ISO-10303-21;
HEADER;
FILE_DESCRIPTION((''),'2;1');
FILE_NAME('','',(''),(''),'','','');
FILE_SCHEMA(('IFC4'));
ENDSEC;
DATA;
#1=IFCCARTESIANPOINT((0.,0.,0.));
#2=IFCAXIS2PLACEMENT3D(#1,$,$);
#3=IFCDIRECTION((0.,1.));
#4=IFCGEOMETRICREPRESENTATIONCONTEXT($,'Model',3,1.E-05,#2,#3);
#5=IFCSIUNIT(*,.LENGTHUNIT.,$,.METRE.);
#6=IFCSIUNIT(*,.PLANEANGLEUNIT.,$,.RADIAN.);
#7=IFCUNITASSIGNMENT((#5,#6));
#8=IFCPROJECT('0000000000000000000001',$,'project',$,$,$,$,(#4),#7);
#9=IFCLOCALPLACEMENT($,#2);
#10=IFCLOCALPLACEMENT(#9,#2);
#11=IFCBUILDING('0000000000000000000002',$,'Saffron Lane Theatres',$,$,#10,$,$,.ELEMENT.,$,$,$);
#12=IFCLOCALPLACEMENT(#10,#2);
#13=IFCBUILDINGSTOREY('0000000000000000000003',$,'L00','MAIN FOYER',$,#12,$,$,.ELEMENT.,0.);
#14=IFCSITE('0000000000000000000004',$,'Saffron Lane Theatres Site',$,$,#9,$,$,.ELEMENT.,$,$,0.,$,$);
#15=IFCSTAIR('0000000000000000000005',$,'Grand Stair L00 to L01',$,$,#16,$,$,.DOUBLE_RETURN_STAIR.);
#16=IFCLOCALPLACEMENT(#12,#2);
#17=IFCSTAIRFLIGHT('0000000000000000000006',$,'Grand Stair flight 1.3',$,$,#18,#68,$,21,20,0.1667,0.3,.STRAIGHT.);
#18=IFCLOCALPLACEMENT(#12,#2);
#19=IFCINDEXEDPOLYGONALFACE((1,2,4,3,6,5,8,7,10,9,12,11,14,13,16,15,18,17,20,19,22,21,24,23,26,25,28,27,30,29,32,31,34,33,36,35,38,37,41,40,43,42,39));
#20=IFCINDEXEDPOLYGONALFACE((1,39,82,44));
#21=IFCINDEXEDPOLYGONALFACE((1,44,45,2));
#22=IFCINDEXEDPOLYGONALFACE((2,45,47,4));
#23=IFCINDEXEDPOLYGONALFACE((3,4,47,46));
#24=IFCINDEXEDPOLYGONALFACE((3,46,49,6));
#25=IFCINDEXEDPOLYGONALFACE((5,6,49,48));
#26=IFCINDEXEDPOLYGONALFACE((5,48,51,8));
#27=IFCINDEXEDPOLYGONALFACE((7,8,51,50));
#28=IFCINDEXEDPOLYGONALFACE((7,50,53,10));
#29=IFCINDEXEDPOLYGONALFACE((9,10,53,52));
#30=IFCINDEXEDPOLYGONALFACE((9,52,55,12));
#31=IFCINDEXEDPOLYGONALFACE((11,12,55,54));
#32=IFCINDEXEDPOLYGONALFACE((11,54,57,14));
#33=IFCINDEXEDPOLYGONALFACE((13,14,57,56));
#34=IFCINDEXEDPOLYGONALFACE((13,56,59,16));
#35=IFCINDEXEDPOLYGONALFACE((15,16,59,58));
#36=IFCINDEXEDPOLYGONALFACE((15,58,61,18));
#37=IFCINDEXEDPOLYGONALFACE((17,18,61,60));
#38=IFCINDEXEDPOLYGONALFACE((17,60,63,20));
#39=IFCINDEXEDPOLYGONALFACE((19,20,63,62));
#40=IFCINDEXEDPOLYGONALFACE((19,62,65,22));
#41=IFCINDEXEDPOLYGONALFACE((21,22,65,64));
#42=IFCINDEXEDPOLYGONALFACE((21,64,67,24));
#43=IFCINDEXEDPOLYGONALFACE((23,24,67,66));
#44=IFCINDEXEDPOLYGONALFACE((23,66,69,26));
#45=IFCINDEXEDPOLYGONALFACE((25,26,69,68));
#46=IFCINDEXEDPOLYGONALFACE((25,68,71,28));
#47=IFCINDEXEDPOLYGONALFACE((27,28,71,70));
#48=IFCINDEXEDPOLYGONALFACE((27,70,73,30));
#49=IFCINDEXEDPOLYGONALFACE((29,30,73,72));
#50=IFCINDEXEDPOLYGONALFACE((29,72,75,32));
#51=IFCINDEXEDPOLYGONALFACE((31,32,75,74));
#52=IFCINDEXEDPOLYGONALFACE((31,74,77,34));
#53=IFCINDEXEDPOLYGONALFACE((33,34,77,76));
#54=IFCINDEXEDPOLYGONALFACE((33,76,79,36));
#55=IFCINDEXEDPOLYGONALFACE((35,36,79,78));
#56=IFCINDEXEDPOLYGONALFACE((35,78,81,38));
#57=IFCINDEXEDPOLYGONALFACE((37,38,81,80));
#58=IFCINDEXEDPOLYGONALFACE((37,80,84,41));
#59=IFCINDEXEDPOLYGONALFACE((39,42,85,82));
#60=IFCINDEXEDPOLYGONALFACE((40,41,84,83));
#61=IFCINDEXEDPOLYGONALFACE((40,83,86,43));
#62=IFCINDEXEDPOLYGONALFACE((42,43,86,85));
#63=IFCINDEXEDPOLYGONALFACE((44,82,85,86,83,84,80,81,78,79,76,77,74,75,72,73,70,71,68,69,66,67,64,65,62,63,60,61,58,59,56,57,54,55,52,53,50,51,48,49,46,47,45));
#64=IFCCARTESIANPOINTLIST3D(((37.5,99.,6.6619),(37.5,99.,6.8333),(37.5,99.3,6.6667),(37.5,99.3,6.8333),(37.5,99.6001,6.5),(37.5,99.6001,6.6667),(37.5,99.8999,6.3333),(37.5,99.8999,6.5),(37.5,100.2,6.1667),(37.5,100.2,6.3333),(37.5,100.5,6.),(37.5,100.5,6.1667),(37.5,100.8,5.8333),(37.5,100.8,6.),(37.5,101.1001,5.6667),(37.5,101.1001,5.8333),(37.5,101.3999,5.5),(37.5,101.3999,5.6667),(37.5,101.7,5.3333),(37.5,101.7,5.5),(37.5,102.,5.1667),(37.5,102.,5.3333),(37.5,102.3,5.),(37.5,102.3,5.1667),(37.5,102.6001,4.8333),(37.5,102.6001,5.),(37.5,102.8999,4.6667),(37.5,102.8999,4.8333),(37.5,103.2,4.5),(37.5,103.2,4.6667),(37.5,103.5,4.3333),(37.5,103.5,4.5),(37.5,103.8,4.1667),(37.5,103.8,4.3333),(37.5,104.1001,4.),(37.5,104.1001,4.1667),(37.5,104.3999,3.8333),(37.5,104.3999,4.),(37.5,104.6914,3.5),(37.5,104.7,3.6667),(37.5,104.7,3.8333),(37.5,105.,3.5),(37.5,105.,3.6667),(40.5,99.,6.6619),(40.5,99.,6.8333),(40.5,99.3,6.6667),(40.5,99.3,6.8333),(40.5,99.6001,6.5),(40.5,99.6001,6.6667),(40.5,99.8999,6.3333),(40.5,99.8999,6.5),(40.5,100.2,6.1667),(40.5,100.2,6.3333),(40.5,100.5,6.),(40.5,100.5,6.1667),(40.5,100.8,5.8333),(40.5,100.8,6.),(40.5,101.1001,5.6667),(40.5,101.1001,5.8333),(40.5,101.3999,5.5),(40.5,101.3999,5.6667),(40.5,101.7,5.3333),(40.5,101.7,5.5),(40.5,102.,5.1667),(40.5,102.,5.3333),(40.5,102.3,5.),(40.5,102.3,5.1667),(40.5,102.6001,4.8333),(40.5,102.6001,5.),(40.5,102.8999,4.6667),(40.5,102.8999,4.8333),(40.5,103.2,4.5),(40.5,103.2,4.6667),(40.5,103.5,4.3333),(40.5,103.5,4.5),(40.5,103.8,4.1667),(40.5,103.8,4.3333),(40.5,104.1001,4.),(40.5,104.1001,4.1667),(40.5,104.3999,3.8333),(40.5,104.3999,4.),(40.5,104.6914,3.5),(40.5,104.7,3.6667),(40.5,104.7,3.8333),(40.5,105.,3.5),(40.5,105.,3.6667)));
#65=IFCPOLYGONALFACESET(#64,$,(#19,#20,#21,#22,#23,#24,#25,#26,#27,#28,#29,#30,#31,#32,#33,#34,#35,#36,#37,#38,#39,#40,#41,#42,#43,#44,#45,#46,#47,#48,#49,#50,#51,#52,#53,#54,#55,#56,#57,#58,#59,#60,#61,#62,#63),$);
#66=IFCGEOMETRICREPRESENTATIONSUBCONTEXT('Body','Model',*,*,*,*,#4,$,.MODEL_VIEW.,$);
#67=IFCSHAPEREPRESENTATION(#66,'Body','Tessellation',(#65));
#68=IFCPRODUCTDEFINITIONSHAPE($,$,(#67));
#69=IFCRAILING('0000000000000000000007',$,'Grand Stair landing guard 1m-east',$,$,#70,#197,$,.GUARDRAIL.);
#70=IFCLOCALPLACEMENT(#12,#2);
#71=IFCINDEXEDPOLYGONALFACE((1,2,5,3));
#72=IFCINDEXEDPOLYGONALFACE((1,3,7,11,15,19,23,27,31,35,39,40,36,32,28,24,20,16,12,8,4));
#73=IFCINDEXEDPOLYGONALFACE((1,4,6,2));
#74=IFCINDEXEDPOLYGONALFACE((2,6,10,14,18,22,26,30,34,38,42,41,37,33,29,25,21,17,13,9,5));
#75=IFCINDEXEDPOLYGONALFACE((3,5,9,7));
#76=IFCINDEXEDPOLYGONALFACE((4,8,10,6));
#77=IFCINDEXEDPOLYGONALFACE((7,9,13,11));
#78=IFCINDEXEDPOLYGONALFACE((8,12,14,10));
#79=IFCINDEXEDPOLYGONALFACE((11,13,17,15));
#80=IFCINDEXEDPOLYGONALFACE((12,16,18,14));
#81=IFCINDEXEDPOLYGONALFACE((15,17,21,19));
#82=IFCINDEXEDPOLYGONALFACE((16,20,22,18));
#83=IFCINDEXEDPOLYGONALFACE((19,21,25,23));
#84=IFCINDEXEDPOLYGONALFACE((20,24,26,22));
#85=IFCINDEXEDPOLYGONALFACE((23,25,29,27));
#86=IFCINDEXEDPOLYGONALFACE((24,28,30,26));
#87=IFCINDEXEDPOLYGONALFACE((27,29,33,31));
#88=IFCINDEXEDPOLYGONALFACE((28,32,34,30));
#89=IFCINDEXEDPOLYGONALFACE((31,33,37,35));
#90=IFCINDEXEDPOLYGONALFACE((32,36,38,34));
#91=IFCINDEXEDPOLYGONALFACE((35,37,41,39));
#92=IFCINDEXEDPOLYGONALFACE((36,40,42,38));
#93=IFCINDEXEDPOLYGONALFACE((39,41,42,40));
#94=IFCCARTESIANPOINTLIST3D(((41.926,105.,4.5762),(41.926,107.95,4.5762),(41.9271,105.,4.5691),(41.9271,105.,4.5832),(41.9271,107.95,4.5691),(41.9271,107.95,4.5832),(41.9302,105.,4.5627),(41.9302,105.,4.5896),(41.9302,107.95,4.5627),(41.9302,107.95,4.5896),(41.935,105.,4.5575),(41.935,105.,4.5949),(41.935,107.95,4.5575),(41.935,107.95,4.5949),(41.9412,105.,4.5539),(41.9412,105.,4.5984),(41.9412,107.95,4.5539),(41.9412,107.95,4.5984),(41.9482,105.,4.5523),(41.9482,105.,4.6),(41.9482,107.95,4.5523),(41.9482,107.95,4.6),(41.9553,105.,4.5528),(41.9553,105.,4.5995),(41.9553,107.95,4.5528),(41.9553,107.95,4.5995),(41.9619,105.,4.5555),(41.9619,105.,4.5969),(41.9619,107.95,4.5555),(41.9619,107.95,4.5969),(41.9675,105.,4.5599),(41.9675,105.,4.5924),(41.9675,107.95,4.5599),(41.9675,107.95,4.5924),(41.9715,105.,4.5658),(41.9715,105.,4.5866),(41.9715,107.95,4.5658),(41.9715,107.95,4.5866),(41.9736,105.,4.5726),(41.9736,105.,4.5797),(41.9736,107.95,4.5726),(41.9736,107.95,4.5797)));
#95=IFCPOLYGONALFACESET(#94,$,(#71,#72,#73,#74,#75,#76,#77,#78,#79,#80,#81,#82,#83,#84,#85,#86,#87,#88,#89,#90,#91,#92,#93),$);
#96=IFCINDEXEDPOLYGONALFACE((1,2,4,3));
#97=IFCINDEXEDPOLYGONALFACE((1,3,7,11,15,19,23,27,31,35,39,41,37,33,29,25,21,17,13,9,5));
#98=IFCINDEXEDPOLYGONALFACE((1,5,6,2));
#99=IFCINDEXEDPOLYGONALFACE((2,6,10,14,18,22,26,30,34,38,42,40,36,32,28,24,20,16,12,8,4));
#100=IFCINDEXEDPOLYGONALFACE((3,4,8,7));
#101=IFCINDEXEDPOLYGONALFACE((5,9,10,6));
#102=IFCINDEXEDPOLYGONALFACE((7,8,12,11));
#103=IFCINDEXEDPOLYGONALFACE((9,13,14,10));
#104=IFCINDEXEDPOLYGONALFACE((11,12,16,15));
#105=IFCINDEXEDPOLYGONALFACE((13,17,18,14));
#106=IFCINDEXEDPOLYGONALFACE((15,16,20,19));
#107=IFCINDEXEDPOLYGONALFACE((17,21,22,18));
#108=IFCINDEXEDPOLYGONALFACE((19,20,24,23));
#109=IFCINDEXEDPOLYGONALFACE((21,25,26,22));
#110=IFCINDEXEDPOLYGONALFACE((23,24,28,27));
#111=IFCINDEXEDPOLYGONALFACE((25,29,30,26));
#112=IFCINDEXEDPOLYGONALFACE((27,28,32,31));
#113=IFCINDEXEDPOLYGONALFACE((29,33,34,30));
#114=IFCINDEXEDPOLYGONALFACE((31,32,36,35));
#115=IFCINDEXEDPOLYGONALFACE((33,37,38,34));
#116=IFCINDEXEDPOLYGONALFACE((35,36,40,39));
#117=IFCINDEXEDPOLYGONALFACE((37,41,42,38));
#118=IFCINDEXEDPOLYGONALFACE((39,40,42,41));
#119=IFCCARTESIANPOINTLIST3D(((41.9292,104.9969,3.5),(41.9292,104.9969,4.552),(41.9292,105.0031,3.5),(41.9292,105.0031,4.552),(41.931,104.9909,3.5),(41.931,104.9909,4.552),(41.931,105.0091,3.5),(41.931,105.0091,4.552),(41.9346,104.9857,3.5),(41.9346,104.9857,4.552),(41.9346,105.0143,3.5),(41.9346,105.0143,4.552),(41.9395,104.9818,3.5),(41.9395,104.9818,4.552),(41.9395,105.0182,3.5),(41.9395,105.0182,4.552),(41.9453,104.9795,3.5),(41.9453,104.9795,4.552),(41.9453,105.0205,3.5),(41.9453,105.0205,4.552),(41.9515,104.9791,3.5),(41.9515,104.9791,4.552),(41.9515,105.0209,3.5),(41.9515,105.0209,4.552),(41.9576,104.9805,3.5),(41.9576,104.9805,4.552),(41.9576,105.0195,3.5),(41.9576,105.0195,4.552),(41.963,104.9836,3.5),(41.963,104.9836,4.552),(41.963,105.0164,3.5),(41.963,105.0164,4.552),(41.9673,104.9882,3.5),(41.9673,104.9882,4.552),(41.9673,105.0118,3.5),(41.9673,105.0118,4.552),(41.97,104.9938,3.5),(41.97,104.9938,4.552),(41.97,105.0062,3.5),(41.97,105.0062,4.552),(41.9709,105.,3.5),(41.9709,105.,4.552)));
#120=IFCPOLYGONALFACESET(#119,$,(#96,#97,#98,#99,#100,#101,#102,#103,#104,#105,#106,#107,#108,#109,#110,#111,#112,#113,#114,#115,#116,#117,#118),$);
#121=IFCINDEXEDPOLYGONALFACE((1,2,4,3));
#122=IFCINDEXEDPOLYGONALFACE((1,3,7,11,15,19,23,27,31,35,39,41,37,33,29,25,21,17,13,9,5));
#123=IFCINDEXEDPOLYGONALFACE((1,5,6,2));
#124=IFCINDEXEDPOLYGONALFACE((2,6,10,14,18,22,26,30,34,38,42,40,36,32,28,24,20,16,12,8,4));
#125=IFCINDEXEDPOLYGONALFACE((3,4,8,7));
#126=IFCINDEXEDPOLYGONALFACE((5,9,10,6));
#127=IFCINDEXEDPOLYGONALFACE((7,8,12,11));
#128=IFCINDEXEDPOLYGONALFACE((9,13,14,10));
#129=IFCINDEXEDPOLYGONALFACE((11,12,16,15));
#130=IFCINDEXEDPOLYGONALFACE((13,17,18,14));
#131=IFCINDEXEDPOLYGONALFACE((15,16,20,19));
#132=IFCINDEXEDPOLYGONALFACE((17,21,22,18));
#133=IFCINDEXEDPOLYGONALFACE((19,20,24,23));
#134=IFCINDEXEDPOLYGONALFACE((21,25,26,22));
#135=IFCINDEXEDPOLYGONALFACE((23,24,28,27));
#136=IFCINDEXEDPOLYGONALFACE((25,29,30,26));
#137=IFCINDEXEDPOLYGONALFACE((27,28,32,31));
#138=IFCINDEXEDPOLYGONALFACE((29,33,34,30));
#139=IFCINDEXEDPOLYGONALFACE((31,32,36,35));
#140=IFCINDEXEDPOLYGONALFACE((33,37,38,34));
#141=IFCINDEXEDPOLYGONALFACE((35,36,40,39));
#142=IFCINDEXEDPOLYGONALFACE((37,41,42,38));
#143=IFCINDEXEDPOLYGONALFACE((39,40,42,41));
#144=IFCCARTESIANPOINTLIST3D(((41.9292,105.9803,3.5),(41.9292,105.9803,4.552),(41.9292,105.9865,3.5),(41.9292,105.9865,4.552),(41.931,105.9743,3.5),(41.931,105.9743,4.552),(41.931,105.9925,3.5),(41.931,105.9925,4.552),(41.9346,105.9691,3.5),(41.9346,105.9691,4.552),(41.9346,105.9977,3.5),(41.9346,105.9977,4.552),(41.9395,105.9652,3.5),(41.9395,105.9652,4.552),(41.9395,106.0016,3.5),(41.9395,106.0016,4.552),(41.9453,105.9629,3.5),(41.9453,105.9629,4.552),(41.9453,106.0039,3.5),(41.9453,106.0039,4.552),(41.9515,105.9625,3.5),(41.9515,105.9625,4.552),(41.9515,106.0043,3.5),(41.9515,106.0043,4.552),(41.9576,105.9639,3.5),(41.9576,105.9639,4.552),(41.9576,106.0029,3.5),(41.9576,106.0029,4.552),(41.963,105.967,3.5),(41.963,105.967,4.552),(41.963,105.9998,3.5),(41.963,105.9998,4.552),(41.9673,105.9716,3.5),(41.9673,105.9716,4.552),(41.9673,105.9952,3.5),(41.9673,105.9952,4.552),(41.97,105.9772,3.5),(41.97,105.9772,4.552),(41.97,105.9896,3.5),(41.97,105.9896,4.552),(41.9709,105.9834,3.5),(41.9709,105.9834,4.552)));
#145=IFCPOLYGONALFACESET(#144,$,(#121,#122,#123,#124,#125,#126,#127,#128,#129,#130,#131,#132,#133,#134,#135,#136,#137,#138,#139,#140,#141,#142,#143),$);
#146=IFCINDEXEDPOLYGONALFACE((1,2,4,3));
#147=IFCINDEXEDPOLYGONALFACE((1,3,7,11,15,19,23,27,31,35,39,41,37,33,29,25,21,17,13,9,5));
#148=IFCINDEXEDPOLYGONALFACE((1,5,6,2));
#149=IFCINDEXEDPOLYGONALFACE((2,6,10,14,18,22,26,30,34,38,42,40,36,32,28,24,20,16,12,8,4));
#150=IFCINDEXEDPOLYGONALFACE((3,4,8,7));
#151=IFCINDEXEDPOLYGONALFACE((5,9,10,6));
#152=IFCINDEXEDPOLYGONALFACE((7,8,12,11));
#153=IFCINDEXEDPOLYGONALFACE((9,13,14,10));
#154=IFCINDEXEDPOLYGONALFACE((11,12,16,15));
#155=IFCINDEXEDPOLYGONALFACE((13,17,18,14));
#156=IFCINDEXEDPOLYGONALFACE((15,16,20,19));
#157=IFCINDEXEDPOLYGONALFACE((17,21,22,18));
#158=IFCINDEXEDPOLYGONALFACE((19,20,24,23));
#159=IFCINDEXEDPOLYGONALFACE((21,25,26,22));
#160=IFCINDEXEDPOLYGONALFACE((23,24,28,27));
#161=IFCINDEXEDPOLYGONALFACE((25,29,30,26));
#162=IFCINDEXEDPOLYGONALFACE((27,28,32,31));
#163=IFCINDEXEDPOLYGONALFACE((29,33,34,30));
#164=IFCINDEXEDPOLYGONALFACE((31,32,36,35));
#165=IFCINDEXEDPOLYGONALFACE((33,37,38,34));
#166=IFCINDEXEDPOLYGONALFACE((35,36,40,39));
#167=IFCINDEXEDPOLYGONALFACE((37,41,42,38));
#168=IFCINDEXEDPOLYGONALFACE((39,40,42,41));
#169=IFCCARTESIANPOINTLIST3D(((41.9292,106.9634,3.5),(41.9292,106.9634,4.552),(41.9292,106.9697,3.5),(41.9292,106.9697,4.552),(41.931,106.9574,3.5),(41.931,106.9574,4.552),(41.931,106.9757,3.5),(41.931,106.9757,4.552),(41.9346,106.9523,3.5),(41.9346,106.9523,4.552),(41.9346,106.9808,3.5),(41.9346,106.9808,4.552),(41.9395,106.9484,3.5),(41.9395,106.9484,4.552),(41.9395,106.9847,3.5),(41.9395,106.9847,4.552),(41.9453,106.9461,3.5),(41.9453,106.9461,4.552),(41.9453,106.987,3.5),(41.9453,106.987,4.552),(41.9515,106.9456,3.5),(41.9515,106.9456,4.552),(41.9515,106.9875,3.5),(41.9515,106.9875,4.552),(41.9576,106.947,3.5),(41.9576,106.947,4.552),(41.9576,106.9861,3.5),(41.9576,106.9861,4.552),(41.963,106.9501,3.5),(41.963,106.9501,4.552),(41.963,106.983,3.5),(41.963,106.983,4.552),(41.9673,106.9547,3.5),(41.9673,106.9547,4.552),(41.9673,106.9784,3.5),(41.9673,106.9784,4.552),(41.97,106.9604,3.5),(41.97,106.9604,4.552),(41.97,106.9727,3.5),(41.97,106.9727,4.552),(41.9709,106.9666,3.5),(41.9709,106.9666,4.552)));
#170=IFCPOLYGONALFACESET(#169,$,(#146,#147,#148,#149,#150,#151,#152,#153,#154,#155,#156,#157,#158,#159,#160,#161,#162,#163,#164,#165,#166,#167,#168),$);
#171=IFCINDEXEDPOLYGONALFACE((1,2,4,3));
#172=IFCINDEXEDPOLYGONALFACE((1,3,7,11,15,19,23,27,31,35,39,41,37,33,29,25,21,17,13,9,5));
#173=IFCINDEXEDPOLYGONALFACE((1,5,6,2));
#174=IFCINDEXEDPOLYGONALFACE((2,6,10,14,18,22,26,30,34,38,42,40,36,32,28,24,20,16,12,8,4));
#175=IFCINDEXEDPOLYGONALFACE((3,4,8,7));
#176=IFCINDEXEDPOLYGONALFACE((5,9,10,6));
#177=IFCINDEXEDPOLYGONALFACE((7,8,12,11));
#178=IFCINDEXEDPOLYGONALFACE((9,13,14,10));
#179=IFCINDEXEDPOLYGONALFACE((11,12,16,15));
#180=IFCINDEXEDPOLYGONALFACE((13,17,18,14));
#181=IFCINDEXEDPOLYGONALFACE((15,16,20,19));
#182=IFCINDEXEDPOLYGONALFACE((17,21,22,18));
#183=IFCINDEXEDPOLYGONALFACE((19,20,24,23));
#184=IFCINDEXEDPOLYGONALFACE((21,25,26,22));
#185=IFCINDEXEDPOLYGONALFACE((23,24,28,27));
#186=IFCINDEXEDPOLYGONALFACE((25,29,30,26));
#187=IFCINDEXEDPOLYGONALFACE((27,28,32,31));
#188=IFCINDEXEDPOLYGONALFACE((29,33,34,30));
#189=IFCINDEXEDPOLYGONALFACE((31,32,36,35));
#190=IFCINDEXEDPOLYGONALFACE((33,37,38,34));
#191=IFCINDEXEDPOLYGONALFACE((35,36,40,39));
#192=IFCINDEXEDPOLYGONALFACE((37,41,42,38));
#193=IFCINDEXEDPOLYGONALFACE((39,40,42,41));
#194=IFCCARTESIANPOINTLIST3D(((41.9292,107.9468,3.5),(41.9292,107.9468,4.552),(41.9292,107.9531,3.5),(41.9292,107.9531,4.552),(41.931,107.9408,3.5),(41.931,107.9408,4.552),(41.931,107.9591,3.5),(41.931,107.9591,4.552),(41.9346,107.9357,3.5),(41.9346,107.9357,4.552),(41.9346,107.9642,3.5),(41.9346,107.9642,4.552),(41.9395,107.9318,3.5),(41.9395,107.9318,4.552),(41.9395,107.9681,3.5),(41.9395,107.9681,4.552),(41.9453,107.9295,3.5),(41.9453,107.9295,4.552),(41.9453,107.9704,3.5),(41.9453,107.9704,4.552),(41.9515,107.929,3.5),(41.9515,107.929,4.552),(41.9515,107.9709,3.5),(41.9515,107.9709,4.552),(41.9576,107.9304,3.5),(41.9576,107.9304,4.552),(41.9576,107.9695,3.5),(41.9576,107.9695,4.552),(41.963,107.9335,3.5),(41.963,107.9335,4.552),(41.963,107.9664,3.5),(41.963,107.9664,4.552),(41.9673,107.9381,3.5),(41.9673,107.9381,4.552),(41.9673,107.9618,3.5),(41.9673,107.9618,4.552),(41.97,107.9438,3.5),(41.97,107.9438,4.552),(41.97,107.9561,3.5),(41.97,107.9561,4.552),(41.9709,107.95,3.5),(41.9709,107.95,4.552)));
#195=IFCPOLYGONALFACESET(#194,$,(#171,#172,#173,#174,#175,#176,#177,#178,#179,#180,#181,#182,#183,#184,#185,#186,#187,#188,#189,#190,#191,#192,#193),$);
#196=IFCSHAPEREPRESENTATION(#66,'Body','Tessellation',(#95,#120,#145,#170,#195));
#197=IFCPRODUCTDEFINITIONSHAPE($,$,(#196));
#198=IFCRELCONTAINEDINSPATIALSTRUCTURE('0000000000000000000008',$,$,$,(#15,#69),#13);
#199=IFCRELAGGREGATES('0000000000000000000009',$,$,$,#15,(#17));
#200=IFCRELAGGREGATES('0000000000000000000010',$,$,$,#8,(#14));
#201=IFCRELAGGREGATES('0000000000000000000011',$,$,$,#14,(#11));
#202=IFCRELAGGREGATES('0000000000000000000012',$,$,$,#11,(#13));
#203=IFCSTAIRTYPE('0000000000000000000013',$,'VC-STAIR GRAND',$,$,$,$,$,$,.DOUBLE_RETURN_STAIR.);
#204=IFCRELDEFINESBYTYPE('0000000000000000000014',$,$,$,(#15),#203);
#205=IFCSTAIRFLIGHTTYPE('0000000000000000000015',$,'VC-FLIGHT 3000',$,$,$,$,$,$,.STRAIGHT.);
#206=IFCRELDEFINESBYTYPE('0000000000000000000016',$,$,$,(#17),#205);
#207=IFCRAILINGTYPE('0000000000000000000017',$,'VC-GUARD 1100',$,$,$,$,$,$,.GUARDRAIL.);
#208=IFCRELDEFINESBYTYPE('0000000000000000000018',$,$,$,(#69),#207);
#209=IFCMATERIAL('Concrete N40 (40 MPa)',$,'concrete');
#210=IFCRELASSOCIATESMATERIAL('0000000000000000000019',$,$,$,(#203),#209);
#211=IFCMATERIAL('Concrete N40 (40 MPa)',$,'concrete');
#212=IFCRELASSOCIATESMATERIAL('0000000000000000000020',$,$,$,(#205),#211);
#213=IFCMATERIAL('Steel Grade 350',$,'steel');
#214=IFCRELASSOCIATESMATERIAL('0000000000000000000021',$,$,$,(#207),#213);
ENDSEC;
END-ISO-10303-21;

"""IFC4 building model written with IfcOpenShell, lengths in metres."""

from ifc_helpers import new_model, si_unit, direction, frame, origin, origin_2d, place, context, subcontext, project, spatial, polyline, circle, outline, extrude, material, type_object, element, aggregate, save


model = new_model("IFC4")

# Units and contexts
model_context = context("Model", 3, precision=1e-05, world=origin(), true_north=direction((0.0, 1.0)))
body_context = subcontext(model_context, "Body", "Model", "MODEL_VIEW")
ifc_project = project(units=[si_unit("LENGTHUNIT", "METRE"), si_unit("PLANEANGLEUNIT", "RADIAN")], contexts=[model_context])

# Site, building, storey
site_placement = place(None, origin())
site = spatial("IfcSite", under=ifc_project, at=site_placement, Name="Saffron Lane Theatres Site", CompositionType="ELEMENT", RefElevation=0.0)
building_placement = place(site_placement, origin())
building = spatial("IfcBuilding", under=site, at=building_placement, Name="Saffron Lane Theatres", CompositionType="ELEMENT")
storey_placement = place(building_placement, origin())
storey = spatial("IfcBuildingStorey", under=building, at=storey_placement, Name="L00", Description="MAIN FOYER", CompositionType="ELEMENT", Elevation=0.0)

# Stair, stair flight
ifc_material_1 = material(Name="Concrete N40 (40 MPa)", Category="concrete")
stair_type = type_object("IfcStairType", Name="VC-STAIR GRAND", PredefinedType="DOUBLE_RETURN_STAIR", material=ifc_material_1)
stair_placement = place(storey_placement, origin())
stair = element("IfcStair", 1, at=stair_placement, inside=storey, type_object=stair_type, Name="Grand Stair L00 to L01", PredefinedType="DOUBLE_RETURN_STAIR")
ifc_material_2 = material(Name="Concrete N40 (40 MPa)", Category="concrete")
stair_flight_type = type_object("IfcStairFlightType", Name="VC-FLIGHT 3000", PredefinedType="STRAIGHT", material=ifc_material_2)
stair_flight_placement = place(storey_placement, frame((39.0, 105.0, 3.5), z_axis=(0.0, 0.0, 1.0), x_axis=(0.0, -1.0, 0.0)))
stair_flight = element("IfcStairFlight", 2, at=stair_flight_placement, type_object=stair_flight_type, Name="Grand Stair flight 1.3", NumberOfRisers=21, NumberOfTreads=20, PredefinedType="STRAIGHT", RiserHeight=0.1667, TreadLength=0.3, context=body_context, shape_type="SweptSolid", body=[
    extrude(outline(polyline([(0.0, 0.0), (0.0, 0.1667), (0.3, 0.1667), (0.3, 0.3333), (0.6001, 0.3333), (0.6001, 0.5), (0.8999, 0.5), (0.8999, 0.6667), (1.2, 0.6667), (1.2, 0.8333), (1.5, 0.8333), (1.5, 1.0), (1.8, 1.0), (1.8, 1.1667), (2.1001, 1.1667), (2.1001, 1.3333), (2.3999, 1.3333), (2.3999, 1.5), (2.7, 1.5), (2.7, 1.6667), (3.0, 1.6667), (3.0, 1.8333), (3.3, 1.8333), (3.3, 2.0), (3.6001, 2.0), (3.6001, 2.1667), (3.8999, 2.1667), (3.8999, 2.3333), (4.2, 2.3333), (4.2, 2.5), (4.5, 2.5), (4.5, 2.6667), (4.8, 2.6667), (4.8, 2.8333), (5.1001, 2.8333), (5.1001, 3.0), (5.3999, 3.0), (5.3999, 3.1667), (5.7, 3.1667), (5.7, 3.3333), (6.0, 3.3333), (6.0, 3.5), (6.0, 3.1619), (0.3086, 0.0), (0.0, 0.0)])), frame((0.0, 1.5, 0.0), z_axis=(0.0, -1.0, 0.0), x_axis=(1.0, 0.0, 0.0)), (0.0, 0.0, 1.0), 3.0),
])
aggregate(stair, [stair_flight])

# Railing
ifc_material_3 = material(Name="Steel Grade 350", Category="steel")
railing_type_1 = type_object("IfcRailingType", Name="VC-GUARD 1100", PredefinedType="GUARDRAIL", material=ifc_material_3)
railing_1_placement = place(storey_placement, frame((41.95, 105.0, 3.5)))
element("IfcRailing", 3, at=railing_1_placement, inside=storey, type_object=railing_type_1, Name="Grand Stair landing guard 1m-east", PredefinedType="GUARDRAIL", context=body_context, shape_type="SweptSolid", body=[
    extrude(circle(Radius=0.0239, at=origin_2d()), frame((0.0, 0.0, 1.0762), z_axis=(0.0, 1.0, 0.0), x_axis=(-1.0, 0.0, 0.0)), (0.0, 0.0, 1.0), 2.95),
    extrude(circle(Radius=0.021, at=origin_2d()), origin(), (0.0, 0.0, 1.0), 1.052),
    extrude(circle(Radius=0.021, at=origin_2d()), frame((0.0, 0.9834, 0.0)), (0.0, 0.0, 1.0), 1.052),
    extrude(circle(Radius=0.021, at=origin_2d()), frame((0.0, 1.9666, 0.0)), (0.0, 0.0, 1.0), 1.052),
    extrude(circle(Radius=0.021, at=origin_2d()), frame((0.0, 2.95, 0.0)), (0.0, 0.0, 1.0), 1.052),
])

save(model, "model.ifc")
